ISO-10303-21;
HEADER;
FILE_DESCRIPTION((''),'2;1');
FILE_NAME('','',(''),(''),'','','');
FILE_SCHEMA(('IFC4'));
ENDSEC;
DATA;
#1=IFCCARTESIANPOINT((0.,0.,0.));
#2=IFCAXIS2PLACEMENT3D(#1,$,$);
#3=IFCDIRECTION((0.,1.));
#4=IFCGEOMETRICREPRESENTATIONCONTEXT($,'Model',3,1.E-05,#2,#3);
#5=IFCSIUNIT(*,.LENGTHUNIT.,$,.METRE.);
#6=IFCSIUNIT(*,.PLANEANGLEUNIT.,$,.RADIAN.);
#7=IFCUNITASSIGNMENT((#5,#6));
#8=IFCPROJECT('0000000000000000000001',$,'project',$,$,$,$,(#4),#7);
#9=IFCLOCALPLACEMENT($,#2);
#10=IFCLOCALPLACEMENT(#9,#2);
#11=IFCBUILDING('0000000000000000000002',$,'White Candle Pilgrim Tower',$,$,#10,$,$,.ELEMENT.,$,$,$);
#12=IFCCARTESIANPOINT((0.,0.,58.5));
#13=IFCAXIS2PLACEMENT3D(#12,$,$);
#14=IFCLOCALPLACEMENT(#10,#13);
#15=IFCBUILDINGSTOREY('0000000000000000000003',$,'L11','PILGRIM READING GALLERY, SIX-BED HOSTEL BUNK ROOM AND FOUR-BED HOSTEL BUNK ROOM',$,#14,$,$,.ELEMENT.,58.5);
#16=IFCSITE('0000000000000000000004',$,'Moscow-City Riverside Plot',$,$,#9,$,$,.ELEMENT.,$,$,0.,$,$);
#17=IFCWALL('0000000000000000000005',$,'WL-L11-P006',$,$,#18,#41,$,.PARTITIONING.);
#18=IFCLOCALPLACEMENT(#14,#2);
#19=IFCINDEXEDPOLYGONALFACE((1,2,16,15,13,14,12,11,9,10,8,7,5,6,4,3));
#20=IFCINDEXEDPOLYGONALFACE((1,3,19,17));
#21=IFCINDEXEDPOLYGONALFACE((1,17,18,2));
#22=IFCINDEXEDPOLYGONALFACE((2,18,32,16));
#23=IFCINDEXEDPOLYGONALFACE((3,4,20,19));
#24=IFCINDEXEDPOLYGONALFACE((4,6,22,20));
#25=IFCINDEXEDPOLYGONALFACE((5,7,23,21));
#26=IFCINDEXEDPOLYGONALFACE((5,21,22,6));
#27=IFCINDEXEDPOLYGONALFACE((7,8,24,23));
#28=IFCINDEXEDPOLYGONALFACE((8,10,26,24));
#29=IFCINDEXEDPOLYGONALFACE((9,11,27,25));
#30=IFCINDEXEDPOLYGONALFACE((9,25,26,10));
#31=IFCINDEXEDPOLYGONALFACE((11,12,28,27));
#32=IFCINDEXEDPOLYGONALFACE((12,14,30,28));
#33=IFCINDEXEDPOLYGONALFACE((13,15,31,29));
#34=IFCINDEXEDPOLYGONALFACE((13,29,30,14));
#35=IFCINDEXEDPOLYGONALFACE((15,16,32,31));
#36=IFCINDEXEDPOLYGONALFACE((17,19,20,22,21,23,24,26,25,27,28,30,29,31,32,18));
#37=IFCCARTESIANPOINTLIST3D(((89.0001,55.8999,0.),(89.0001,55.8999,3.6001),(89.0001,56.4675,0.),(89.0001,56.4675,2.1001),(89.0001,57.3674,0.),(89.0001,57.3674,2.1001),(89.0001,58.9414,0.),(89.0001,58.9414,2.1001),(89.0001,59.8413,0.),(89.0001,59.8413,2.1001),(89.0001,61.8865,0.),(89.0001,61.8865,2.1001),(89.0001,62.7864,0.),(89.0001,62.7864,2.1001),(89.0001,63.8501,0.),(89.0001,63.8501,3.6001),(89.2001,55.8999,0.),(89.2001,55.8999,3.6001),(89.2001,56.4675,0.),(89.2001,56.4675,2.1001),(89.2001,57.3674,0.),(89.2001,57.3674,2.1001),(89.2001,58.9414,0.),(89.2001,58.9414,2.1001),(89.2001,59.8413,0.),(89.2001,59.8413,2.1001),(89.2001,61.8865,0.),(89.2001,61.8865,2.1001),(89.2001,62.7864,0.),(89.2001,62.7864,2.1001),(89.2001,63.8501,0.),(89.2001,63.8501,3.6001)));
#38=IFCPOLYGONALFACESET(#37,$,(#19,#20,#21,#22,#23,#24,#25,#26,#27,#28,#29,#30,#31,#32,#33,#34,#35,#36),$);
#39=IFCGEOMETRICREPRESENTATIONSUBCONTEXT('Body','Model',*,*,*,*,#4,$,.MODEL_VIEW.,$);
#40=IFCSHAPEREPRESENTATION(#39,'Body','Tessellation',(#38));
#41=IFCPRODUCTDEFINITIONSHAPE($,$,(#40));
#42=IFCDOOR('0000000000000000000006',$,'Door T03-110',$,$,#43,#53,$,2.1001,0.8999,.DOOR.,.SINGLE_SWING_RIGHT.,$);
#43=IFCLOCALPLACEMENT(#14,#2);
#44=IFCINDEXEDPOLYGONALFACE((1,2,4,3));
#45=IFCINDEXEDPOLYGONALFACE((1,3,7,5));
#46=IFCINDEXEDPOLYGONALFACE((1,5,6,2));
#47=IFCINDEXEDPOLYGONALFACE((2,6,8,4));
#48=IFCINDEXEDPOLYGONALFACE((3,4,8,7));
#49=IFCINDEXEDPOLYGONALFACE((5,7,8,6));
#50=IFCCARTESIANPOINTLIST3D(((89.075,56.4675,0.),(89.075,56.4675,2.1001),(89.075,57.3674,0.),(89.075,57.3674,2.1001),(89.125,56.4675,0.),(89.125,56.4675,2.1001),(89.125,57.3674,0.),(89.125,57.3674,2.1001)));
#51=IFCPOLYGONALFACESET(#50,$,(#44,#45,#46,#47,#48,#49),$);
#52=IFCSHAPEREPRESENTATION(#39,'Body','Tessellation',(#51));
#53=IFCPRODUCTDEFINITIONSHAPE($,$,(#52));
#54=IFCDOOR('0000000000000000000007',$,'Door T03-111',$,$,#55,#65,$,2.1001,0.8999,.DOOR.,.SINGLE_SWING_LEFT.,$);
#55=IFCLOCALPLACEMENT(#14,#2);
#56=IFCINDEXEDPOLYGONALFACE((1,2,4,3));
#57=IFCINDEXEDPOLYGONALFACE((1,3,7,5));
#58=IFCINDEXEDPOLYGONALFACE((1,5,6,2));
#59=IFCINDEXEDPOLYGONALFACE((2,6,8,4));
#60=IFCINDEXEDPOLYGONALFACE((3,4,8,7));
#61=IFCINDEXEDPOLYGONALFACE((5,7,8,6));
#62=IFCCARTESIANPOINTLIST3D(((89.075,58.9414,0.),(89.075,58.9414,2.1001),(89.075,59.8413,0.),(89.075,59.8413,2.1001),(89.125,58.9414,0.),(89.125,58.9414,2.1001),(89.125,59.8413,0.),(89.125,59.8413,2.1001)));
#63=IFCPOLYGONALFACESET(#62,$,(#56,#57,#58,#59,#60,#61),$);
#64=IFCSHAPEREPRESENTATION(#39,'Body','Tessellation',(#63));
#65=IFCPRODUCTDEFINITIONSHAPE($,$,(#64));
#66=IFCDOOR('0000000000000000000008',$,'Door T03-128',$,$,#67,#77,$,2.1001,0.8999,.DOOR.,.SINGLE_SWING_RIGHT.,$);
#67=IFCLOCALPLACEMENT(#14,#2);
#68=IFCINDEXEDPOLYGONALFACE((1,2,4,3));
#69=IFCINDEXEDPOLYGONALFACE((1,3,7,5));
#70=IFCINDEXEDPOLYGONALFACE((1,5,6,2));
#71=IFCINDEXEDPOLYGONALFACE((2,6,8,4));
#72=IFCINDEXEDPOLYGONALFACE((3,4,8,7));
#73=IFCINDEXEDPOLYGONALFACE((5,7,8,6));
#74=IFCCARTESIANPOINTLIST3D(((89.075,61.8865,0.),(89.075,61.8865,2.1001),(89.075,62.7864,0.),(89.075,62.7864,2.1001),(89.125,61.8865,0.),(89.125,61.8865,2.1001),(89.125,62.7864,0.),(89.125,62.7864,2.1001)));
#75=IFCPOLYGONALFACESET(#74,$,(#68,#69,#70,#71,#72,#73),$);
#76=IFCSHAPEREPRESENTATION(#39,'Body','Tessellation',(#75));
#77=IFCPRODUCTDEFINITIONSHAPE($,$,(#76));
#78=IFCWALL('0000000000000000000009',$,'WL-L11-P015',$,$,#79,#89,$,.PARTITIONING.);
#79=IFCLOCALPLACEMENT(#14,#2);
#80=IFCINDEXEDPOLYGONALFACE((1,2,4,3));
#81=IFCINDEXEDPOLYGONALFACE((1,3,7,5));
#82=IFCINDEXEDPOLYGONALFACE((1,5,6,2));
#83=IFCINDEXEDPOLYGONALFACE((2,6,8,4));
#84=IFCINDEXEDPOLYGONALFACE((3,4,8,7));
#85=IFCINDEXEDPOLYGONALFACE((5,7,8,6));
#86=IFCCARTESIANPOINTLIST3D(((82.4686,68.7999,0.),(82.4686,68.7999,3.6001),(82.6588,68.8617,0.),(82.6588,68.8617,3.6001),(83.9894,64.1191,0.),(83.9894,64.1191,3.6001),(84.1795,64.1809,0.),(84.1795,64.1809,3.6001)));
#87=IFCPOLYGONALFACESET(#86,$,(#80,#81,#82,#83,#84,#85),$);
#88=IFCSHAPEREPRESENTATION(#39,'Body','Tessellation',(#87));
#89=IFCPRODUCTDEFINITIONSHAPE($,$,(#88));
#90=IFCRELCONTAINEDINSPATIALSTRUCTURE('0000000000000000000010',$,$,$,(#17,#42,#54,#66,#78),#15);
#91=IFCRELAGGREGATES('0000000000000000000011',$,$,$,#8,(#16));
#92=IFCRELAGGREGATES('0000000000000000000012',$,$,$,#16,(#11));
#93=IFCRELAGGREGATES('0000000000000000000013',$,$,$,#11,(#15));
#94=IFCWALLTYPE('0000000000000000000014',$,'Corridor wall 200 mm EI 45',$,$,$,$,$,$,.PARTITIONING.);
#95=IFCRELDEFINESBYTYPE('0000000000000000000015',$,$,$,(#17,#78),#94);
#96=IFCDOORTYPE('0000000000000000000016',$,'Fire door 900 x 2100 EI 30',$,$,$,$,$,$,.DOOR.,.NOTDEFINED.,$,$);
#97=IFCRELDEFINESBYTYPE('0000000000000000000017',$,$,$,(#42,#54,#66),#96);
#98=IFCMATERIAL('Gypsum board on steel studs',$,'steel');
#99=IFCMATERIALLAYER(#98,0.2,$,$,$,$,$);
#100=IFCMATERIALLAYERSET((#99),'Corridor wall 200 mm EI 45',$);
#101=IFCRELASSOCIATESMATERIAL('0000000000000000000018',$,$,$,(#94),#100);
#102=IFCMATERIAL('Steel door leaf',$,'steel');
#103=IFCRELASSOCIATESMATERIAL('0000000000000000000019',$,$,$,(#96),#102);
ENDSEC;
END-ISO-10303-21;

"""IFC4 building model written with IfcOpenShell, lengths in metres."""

from ifc_helpers import new_model, si_unit, direction, frame, frame_2d, origin, place, context, subcontext, project, spatial, rectangle, extrude, material, layer, layer_set, type_object, element, fill, save


model = new_model("IFC4")

# Units and contexts
model_context = context("Model", 3, precision=1e-05, world=origin(), true_north=direction((0.0, 1.0)))
body_context = subcontext(model_context, "Body", "Model", "MODEL_VIEW")
ifc_project = project(units=[si_unit("LENGTHUNIT", "METRE"), si_unit("PLANEANGLEUNIT", "RADIAN")], contexts=[model_context])

# Site, building, storey
site_placement = place(None, origin())
site = spatial("IfcSite", under=ifc_project, at=site_placement, Name="Moscow-City Riverside Plot", CompositionType="ELEMENT", RefElevation=0.0)
building_placement = place(site_placement, origin())
building = spatial("IfcBuilding", under=site, at=building_placement, Name="White Candle Pilgrim Tower", CompositionType="ELEMENT")
storey_placement = place(building_placement, frame((0.0, 0.0, 58.5)))
storey = spatial("IfcBuildingStorey", under=building, at=storey_placement, Name="L11", Description="PILGRIM READING GALLERY, SIX-BED HOSTEL BUNK ROOM AND FOUR-BED HOSTEL BUNK ROOM", CompositionType="ELEMENT", Elevation=58.5)

# Wall, openings, doors
ifc_material_1 = material(Name="Gypsum board on steel studs", Category="steel")
ifc_layer_1 = layer(ifc_material_1, 0.2)
ifc_layer_set_1 = layer_set([ifc_layer_1], Name="Corridor wall 200 mm EI 45")
wall_type_1 = type_object("IfcWallType", Name="Corridor wall 200 mm EI 45", PredefinedType="PARTITIONING", material=ifc_layer_set_1)
wall_1_placement = place(storey_placement, frame((89.1001, 63.8501, 0.0), z_axis=(0.0, 0.0, 1.0), x_axis=(0.0, -1.0, 0.0)))
wall_1 = element("IfcWall", 1, at=wall_1_placement, inside=storey, type_object=wall_type_1, Name="WL-L11-P006", PredefinedType="PARTITIONING", context=body_context, shape_type="SweptSolid", body=[
    extrude(rectangle(XDim=7.9502, YDim=0.2, at=frame_2d((3.9751, 0.0))), origin(), (0.0, 0.0, 1.0), 3.6001),
])
opening_1_placement = place(wall_1_placement, frame((6.4827, 0.0, 0.0)))
opening_1 = element("IfcOpeningElement", 2, at=opening_1_placement, cuts=wall_1, PredefinedType="OPENING", context=body_context, shape_type="SweptSolid", body=[
    extrude(rectangle(XDim=0.8999, YDim=2.1001, at=frame_2d((0.45, 1.05))), frame((0.0, 0.1099, 0.0), z_axis=(0.0, -1.0, 0.0), x_axis=(1.0, 0.0, 0.0)), (0.0, 0.0, 1.0), 0.22),
])
opening_2_placement = place(wall_1_placement, frame((4.0088, 0.0, 0.0)))
opening_2 = element("IfcOpeningElement", 3, at=opening_2_placement, cuts=wall_1, PredefinedType="OPENING", context=body_context, shape_type="SweptSolid", body=[
    extrude(rectangle(XDim=0.8999, YDim=2.1001, at=frame_2d((0.45, 1.05))), frame((0.0, 0.1099, 0.0), z_axis=(0.0, -1.0, 0.0), x_axis=(1.0, 0.0, 0.0)), (0.0, 0.0, 1.0), 0.22),
])
opening_3_placement = place(wall_1_placement, frame((1.0637, 0.0, 0.0)))
opening_3 = element("IfcOpeningElement", 4, at=opening_3_placement, cuts=wall_1, PredefinedType="OPENING", context=body_context, shape_type="SweptSolid", body=[
    extrude(rectangle(XDim=0.8999, YDim=2.1001, at=frame_2d((0.45, 1.05))), frame((0.0, 0.1099, 0.0), z_axis=(0.0, -1.0, 0.0), x_axis=(1.0, 0.0, 0.0)), (0.0, 0.0, 1.0), 0.22),
])
ifc_material_2 = material(Name="Steel door leaf", Category="steel")
door_type_1 = type_object("IfcDoorType", Name="Fire door 900 x 2100 EI 30", OperationType="NOTDEFINED", PredefinedType="DOOR", material=ifc_material_2)
door_1_placement = place(opening_1_placement, origin())
door_1 = element("IfcDoor", 5, at=door_1_placement, inside=storey, type_object=door_type_1, Name="Door T03-110", OperationType="SINGLE_SWING_RIGHT", OverallHeight=2.1001, OverallWidth=0.8999, PredefinedType="DOOR", context=body_context, shape_type="SweptSolid", body=[
    extrude(rectangle(XDim=0.8999, YDim=2.1001, at=frame_2d((0.45, 1.05))), frame((0.0, 0.0249, 0.0), z_axis=(0.0, -1.0, 0.0), x_axis=(1.0, 0.0, 0.0)), (0.0, 0.0, 1.0), 0.05),
])
fill(opening_1, door_1)
door_2_placement = place(opening_2_placement, origin())
door_2 = element("IfcDoor", 6, at=door_2_placement, inside=storey, type_object=door_type_1, Name="Door T03-111", OperationType="SINGLE_SWING_LEFT", OverallHeight=2.1001, OverallWidth=0.8999, PredefinedType="DOOR", context=body_context, shape_type="SweptSolid", body=[
    extrude(rectangle(XDim=0.8999, YDim=2.1001, at=frame_2d((0.45, 1.05))), frame((0.0, 0.0249, 0.0), z_axis=(0.0, -1.0, 0.0), x_axis=(1.0, 0.0, 0.0)), (0.0, 0.0, 1.0), 0.05),
])
fill(opening_2, door_2)
door_3_placement = place(opening_3_placement, origin())
door_3 = element("IfcDoor", 7, at=door_3_placement, inside=storey, type_object=door_type_1, Name="Door T03-128", OperationType="SINGLE_SWING_RIGHT", OverallHeight=2.1001, OverallWidth=0.8999, PredefinedType="DOOR", context=body_context, shape_type="SweptSolid", body=[
    extrude(rectangle(XDim=0.8999, YDim=2.1001, at=frame_2d((0.45, 1.05))), frame((0.0, 0.0249, 0.0), z_axis=(0.0, -1.0, 0.0), x_axis=(1.0, 0.0, 0.0)), (0.0, 0.0, 1.0), 0.05),
])
fill(opening_3, door_3)

# Wall
wall_2_placement = place(storey_placement, frame((84.0845, 64.1499, 0.0), z_axis=(0.0, 0.0, 1.0), x_axis=(-0.308986, 0.951067, 0.0)))
element("IfcWall", 8, at=wall_2_placement, inside=storey, type_object=wall_type_1, Name="WL-L11-P015", PredefinedType="PARTITIONING", context=body_context, shape_type="SweptSolid", body=[
    extrude(rectangle(XDim=4.9216, YDim=0.2, at=frame_2d((2.4609, 0.0))), origin(), (0.0, 0.0, 1.0), 3.6001),
])

save(model, "model.ifc")
